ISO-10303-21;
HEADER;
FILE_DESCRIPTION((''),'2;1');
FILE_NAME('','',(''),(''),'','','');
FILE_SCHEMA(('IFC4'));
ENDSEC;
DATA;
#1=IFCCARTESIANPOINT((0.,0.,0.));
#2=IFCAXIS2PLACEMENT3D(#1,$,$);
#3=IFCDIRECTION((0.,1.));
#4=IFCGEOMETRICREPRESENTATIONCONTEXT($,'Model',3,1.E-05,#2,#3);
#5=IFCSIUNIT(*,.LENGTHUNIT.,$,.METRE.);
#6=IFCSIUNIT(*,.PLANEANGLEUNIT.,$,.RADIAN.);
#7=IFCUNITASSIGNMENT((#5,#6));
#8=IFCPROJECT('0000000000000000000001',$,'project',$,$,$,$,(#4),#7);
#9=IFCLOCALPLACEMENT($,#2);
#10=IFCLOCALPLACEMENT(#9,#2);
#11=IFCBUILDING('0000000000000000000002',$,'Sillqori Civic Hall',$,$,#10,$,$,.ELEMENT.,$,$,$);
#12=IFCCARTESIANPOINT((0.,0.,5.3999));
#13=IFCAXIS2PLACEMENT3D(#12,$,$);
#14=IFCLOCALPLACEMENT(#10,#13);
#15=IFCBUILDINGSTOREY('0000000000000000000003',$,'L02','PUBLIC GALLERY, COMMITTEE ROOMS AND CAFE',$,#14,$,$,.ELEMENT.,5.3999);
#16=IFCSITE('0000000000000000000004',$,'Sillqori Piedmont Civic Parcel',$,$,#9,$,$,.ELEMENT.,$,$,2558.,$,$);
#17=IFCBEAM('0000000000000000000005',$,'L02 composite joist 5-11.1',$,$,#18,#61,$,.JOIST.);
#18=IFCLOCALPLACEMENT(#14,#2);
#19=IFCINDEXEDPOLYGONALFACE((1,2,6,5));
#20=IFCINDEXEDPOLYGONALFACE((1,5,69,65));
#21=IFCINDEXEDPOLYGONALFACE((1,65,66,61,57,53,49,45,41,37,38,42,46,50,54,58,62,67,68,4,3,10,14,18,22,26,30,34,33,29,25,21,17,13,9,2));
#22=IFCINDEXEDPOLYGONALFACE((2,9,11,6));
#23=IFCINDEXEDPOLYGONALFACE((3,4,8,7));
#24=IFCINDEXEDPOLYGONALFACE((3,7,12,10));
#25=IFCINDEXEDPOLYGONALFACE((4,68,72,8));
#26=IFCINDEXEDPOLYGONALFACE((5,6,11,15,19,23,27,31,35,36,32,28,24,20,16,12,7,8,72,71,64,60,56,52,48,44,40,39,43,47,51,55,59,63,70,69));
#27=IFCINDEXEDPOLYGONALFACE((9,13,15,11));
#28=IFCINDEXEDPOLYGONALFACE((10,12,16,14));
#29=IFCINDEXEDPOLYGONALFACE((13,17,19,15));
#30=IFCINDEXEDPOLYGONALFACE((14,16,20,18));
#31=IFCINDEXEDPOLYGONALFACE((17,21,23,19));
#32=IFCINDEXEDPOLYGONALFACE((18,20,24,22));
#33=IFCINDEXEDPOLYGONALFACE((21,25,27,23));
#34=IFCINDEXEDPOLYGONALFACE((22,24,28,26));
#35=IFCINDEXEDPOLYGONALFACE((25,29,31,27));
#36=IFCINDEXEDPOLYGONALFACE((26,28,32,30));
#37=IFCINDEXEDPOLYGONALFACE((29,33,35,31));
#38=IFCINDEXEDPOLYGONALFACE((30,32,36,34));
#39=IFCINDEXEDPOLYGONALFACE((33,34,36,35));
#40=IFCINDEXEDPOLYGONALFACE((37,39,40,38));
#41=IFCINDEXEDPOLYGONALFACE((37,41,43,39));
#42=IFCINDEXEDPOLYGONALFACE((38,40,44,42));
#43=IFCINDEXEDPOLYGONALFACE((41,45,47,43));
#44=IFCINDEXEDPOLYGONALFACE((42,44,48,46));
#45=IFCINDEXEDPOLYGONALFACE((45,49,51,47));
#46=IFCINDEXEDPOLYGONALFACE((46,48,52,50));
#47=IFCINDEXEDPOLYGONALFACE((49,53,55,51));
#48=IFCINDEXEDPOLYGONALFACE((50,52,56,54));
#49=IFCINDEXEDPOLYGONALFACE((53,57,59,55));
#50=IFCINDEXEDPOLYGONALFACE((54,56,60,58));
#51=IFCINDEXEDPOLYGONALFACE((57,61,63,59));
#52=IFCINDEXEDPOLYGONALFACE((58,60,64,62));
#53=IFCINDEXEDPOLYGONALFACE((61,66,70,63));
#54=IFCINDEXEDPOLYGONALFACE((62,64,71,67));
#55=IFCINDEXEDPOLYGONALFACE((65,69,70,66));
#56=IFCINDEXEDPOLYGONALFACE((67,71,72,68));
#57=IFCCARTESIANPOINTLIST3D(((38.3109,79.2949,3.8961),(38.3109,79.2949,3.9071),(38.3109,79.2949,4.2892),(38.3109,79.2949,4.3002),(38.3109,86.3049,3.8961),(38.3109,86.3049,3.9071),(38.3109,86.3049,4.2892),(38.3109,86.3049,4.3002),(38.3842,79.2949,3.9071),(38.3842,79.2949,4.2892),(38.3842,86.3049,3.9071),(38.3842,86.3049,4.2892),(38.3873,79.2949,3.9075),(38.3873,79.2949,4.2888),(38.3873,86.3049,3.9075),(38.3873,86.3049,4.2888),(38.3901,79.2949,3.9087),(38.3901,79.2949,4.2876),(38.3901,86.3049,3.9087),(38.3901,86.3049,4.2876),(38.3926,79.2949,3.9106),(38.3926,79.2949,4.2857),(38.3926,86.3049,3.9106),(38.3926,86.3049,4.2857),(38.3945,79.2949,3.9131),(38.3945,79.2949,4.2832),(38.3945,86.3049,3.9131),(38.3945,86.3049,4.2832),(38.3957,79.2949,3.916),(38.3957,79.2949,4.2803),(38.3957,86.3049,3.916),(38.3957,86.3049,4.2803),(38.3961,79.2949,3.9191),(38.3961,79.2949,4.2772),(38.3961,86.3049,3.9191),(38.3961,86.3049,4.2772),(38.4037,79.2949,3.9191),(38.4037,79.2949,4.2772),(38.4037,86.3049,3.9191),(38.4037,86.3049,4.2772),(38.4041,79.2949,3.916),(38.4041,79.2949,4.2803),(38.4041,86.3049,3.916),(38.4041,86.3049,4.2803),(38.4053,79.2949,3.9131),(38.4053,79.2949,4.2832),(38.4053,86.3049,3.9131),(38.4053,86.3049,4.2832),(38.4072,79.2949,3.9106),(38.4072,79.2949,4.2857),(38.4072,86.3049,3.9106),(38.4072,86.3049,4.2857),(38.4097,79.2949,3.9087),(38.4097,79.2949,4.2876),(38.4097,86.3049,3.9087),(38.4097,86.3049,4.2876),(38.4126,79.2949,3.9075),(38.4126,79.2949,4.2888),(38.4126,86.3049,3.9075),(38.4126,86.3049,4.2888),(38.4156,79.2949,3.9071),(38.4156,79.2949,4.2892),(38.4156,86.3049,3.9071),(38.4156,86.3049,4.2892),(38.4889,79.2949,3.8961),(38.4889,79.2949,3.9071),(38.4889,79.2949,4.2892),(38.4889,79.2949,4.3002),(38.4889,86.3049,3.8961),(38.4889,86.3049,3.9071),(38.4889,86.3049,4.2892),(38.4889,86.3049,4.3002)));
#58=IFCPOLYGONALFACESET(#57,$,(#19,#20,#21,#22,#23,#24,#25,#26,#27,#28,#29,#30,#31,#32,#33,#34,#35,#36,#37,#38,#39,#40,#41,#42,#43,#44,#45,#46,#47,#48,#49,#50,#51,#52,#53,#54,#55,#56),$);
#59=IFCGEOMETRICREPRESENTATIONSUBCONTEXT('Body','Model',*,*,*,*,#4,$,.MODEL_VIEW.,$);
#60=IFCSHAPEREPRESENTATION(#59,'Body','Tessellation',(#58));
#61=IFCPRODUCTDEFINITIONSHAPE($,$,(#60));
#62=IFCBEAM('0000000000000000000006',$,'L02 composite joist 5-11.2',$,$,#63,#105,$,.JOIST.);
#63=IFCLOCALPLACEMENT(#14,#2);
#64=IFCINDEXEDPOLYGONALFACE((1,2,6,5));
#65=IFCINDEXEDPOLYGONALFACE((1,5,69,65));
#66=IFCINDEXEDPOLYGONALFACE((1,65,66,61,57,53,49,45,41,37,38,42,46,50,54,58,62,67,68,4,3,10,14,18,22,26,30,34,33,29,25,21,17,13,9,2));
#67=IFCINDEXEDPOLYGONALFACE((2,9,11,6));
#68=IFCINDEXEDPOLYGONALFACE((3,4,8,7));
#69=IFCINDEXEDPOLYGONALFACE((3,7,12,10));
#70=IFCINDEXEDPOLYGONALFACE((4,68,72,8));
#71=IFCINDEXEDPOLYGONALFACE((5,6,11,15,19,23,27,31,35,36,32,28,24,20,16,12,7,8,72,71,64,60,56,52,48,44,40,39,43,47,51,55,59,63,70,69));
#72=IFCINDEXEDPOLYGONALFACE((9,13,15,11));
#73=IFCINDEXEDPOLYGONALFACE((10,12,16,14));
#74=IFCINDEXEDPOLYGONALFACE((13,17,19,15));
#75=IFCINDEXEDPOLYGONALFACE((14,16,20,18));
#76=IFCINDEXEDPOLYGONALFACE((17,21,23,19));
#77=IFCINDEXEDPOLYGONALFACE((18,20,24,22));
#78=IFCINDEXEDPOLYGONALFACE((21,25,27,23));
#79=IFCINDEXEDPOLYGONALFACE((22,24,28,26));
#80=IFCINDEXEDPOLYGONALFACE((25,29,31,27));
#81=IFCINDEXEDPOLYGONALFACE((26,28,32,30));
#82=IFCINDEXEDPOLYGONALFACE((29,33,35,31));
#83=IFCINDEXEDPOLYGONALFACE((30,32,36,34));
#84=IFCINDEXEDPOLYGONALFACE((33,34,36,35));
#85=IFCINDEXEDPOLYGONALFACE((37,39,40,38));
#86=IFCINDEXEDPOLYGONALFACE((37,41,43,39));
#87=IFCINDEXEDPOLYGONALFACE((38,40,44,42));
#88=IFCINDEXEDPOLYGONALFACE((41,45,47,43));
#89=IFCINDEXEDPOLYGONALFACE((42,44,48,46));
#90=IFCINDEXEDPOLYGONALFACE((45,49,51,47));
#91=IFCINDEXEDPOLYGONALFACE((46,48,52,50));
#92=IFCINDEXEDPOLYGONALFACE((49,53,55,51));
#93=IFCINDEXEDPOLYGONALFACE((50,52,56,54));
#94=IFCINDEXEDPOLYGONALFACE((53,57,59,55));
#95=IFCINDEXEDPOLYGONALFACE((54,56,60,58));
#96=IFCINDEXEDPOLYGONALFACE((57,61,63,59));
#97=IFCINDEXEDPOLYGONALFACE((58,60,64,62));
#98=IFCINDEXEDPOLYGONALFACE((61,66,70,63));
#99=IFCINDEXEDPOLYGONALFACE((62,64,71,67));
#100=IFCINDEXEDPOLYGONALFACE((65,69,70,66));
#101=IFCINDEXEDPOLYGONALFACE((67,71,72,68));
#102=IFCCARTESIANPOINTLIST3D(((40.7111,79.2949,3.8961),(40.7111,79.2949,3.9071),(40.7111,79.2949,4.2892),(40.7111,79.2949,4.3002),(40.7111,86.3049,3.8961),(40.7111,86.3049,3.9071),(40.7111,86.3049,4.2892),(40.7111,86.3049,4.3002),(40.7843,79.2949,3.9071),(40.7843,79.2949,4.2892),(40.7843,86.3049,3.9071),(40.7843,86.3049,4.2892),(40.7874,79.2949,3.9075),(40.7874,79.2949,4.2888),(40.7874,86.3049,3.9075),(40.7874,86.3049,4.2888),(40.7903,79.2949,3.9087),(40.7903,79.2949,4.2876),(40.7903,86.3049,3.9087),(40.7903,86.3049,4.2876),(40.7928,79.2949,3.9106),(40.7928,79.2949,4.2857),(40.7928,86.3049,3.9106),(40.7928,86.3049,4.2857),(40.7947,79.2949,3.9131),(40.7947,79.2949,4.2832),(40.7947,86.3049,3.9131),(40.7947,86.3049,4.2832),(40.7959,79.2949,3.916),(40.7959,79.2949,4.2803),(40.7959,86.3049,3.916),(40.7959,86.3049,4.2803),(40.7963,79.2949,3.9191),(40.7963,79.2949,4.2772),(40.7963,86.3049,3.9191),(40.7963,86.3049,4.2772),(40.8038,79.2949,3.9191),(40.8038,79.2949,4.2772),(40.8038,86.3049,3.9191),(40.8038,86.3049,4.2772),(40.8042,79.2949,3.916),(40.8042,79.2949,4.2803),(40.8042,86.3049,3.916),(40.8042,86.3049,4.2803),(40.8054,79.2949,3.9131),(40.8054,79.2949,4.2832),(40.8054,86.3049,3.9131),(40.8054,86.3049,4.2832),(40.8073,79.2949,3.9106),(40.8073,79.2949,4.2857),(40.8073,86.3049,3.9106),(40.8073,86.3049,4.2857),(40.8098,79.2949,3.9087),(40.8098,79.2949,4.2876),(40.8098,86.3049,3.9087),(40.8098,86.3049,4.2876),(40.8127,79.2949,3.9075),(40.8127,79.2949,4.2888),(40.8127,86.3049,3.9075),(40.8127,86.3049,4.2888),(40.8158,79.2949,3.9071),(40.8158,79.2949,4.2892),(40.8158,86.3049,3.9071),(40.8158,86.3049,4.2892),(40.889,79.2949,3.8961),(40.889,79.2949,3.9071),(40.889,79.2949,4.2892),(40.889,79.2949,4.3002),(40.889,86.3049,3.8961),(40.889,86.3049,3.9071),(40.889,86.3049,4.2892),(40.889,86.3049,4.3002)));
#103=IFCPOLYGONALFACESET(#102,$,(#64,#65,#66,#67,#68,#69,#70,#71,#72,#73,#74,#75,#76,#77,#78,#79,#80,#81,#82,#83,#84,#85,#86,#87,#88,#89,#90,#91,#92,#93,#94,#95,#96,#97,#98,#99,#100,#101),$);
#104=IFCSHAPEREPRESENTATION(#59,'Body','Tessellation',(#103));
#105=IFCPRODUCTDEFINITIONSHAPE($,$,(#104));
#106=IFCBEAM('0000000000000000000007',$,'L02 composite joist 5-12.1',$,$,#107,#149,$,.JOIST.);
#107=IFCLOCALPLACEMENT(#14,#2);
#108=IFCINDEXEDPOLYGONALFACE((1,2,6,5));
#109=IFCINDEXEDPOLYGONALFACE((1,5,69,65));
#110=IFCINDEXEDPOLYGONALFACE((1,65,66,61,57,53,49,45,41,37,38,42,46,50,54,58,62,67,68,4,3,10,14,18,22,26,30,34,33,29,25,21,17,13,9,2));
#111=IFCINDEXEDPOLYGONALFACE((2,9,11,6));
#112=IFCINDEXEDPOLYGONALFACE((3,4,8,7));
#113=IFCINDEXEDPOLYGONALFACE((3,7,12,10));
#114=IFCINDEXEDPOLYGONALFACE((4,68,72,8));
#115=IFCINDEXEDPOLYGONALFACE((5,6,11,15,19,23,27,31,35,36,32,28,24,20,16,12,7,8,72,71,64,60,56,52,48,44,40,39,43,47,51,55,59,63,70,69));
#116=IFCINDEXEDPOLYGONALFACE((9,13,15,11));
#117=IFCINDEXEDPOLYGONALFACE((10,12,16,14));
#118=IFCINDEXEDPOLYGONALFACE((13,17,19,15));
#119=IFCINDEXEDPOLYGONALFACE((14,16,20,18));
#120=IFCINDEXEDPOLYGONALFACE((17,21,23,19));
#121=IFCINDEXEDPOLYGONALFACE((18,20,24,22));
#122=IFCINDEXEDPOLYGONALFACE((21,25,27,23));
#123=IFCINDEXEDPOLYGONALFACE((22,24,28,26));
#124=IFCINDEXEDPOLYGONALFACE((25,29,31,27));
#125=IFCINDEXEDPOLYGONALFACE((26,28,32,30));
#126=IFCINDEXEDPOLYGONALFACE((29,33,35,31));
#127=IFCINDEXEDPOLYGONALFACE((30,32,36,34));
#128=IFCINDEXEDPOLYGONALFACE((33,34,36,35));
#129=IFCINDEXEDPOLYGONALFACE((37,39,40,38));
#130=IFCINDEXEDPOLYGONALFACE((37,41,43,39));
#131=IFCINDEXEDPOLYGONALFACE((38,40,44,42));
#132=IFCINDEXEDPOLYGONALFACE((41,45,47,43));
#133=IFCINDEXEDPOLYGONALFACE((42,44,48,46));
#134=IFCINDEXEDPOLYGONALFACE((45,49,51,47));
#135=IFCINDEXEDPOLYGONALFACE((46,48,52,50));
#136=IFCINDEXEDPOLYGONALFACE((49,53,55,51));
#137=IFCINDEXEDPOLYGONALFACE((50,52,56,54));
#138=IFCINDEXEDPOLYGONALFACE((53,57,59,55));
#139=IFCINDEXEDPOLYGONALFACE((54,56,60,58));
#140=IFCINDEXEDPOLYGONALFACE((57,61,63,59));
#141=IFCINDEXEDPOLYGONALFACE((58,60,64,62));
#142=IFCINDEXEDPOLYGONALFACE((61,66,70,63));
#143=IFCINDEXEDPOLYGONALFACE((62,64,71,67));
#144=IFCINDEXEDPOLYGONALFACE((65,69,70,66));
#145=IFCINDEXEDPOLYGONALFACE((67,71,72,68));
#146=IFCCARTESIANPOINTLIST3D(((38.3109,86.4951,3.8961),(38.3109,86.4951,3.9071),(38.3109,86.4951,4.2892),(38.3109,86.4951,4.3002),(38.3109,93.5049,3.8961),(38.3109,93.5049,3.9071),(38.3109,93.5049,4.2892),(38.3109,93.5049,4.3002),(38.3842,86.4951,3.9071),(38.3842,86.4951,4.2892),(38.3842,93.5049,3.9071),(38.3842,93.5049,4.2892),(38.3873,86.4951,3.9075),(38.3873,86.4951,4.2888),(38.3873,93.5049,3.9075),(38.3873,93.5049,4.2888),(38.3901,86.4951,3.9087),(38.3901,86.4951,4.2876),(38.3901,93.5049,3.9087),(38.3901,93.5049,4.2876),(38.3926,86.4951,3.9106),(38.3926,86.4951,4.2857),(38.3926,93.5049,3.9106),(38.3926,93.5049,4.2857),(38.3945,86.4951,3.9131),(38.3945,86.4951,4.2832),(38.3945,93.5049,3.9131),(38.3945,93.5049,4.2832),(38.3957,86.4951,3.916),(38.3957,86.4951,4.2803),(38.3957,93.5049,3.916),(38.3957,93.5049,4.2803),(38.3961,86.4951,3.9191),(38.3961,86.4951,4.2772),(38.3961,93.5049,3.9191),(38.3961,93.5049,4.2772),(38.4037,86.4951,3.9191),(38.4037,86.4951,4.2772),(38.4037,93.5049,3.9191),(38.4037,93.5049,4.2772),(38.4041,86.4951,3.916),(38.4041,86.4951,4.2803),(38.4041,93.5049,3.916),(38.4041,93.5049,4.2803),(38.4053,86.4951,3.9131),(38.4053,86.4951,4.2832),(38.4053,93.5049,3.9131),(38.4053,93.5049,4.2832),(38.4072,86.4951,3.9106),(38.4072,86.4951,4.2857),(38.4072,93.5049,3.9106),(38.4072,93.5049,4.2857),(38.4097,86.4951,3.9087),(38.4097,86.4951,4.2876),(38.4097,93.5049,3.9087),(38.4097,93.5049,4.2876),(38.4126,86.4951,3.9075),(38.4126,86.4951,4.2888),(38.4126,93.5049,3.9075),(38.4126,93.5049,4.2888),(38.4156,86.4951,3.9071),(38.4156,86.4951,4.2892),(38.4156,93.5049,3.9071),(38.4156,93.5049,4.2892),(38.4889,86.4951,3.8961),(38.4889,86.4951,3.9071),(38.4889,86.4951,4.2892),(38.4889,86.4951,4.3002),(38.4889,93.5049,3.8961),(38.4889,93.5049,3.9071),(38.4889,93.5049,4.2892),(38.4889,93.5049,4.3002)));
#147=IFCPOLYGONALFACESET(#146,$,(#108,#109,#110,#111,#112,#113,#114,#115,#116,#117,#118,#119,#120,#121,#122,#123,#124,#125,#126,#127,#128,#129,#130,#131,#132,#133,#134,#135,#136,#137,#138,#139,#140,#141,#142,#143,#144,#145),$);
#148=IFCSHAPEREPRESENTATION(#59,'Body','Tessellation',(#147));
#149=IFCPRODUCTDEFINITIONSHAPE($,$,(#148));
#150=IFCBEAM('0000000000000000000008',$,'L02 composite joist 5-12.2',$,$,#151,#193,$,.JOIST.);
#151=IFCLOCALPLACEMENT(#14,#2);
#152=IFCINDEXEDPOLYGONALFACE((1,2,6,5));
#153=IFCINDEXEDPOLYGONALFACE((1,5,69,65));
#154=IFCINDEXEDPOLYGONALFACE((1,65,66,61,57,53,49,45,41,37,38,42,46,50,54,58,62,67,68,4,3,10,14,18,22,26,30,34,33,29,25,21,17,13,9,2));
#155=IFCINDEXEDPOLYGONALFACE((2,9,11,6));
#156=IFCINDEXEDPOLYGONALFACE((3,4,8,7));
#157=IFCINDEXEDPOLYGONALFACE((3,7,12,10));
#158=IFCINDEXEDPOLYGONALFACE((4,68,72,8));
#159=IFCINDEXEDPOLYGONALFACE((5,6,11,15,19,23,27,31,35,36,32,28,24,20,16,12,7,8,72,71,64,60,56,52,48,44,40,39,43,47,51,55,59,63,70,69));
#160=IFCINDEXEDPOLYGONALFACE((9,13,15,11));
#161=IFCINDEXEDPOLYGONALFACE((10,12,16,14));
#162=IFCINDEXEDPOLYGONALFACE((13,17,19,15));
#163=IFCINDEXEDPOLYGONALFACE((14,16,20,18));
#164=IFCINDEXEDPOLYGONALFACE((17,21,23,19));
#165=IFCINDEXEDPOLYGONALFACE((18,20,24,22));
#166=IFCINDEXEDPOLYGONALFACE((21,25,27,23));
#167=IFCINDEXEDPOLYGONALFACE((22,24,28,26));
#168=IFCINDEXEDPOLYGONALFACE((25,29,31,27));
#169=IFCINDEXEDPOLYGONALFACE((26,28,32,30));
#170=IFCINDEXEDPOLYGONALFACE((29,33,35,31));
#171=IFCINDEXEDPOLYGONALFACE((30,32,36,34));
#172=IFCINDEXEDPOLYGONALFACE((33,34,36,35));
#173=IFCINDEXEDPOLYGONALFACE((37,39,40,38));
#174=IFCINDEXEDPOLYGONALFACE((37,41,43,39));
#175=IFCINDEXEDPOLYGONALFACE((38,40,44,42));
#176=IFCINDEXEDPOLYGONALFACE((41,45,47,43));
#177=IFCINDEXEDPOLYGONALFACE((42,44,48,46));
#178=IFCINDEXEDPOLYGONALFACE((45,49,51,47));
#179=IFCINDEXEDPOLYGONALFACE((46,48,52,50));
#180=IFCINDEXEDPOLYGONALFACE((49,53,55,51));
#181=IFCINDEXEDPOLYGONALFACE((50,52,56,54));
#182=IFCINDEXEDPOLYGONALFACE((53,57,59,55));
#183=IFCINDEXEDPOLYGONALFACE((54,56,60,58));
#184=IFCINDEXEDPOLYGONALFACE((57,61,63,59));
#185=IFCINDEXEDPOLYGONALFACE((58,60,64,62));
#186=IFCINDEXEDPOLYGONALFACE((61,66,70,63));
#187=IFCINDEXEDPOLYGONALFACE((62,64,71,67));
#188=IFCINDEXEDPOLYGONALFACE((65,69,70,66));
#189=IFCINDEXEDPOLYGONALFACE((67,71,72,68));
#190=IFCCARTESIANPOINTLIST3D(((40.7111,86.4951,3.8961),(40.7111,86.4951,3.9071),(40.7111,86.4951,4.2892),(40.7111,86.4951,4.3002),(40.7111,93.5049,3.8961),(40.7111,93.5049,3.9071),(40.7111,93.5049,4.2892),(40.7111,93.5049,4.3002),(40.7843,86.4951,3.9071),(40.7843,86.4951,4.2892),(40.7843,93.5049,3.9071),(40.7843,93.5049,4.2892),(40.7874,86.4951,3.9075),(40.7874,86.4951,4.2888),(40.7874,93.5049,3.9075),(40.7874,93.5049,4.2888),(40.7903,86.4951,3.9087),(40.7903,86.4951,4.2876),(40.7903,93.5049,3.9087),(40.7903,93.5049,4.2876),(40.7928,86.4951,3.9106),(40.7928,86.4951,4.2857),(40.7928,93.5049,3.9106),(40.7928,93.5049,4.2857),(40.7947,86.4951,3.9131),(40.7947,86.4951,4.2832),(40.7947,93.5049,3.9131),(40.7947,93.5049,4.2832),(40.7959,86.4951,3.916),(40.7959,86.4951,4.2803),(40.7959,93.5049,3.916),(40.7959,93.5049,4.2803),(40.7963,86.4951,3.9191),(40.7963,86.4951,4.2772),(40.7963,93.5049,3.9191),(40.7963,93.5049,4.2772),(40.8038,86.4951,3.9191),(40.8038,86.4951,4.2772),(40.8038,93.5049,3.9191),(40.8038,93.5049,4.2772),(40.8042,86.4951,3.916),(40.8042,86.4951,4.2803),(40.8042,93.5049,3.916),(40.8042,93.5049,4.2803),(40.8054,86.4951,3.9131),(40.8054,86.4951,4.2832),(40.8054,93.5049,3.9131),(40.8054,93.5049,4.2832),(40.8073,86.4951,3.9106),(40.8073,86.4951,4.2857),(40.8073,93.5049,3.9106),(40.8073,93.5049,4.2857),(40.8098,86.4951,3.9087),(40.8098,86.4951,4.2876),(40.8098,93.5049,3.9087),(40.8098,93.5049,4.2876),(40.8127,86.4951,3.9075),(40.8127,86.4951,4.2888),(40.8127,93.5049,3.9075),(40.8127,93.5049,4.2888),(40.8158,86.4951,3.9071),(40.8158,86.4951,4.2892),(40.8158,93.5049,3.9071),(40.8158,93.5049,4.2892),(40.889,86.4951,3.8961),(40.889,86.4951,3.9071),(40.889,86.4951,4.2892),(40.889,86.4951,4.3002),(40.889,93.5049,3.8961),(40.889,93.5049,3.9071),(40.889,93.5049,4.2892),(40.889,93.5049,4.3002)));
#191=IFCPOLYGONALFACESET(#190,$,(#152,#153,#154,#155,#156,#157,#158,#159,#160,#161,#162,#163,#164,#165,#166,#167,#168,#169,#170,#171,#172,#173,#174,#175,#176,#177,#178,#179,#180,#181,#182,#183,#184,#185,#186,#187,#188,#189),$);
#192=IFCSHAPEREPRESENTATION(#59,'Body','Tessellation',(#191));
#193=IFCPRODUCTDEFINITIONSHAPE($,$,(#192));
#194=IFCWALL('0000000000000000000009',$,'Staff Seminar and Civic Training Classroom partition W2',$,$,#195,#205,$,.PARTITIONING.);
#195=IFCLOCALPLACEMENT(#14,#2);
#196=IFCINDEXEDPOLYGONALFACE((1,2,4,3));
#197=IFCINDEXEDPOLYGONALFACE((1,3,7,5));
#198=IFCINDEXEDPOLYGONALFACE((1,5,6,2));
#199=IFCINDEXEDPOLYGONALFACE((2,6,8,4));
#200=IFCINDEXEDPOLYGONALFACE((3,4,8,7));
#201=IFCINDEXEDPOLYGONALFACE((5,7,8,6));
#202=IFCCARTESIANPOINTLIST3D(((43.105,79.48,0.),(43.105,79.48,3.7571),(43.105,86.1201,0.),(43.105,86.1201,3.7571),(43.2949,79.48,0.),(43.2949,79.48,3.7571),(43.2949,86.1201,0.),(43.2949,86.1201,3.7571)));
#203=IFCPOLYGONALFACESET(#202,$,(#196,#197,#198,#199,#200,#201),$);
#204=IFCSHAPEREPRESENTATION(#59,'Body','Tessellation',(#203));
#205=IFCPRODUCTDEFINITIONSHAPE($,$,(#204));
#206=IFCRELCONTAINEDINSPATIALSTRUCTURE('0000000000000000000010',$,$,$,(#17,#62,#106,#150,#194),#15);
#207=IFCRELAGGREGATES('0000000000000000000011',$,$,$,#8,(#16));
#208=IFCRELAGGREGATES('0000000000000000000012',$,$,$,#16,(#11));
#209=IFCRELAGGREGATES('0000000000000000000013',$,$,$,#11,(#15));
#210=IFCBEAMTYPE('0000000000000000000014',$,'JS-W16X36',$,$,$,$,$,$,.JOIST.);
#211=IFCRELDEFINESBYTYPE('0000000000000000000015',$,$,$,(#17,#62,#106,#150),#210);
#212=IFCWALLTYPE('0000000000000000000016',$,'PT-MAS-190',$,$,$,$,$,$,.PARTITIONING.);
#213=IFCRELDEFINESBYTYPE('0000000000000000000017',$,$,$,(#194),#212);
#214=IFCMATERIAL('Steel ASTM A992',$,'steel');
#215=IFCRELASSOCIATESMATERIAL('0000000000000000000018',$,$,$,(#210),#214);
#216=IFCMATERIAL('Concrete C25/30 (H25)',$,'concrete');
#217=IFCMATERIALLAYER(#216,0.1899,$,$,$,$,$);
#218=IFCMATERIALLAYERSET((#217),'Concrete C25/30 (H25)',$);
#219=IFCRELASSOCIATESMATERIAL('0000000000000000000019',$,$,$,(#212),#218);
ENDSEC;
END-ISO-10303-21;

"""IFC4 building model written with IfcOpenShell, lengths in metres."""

from ifc_helpers import new_model, si_unit, direction, frame, frame_2d, origin, origin_2d, place, context, subcontext, project, spatial, rectangle, i_section, extrude, material, layer, layer_set, material_profile, profile_set, type_object, element, save


model = new_model("IFC4")

# Units and contexts
model_context = context("Model", 3, precision=1e-05, world=origin(), true_north=direction((0.0, 1.0)))
body_context = subcontext(model_context, "Body", "Model", "MODEL_VIEW")
ifc_project = project(units=[si_unit("LENGTHUNIT", "METRE"), si_unit("PLANEANGLEUNIT", "RADIAN")], contexts=[model_context])

# Site, building, storey
site_placement = place(None, origin())
site = spatial("IfcSite", under=ifc_project, at=site_placement, Name="Sillqori Piedmont Civic Parcel", CompositionType="ELEMENT", RefElevation=2558.0)
building_placement = place(site_placement, origin())
building = spatial("IfcBuilding", under=site, at=building_placement, Name="Sillqori Civic Hall", CompositionType="ELEMENT")
storey_placement = place(building_placement, frame((0.0, 0.0, 5.3999)))
storey = spatial("IfcBuildingStorey", under=building, at=storey_placement, Name="L02", Description="PUBLIC GALLERY, COMMITTEE ROOMS AND CAFE", CompositionType="ELEMENT", Elevation=5.3999)

# Shared definitions
ifc_material_1 = material(Name="Steel ASTM A992", Category="steel")

# Beams
ifc_material_profile_1 = material_profile(ifc_material_1, i_section(OverallWidth=0.178, OverallDepth=0.4041, WebThickness=0.0076, FlangeThickness=0.011, FilletRadius=0.012, at=origin_2d()), Name="W16X36")
ifc_profile_set_1 = profile_set([ifc_material_profile_1], Name="Steel ASTM A992")
beam_type_1 = type_object("IfcBeamType", Name="JS-W16X36", PredefinedType="JOIST", material=ifc_profile_set_1)
for number, where, z_axis, x_axis, name in (
    (1, (38.3999, 79.2949, 4.0981), (0.0, 1.0, 0.0), (-1.0, 0.0, 0.0), "L02 composite joist 5-11.1"),
    (2, (40.8, 79.2949, 4.0981), (0.0, 1.0, 0.0), (-1.0, 0.0, 0.0), "L02 composite joist 5-11.2"),
):
    element("IfcBeam", number, at=place(storey_placement, frame(where, z_axis=z_axis, x_axis=x_axis)), inside=storey, type_object=beam_type_1, Name=name, PredefinedType="JOIST", context=body_context, shape_type="SweptSolid", body=[
        extrude(i_section(OverallWidth=0.178, OverallDepth=0.4041, WebThickness=0.0076, FlangeThickness=0.011, FilletRadius=0.012, at=origin_2d()), origin(), (0.0, 0.0, 1.0), 7.01),
    ])
for number, where, z_axis, x_axis, name in (
    (3, (38.3999, 86.4951, 4.0981), (0.0, 1.0, 0.0), (-1.0, 0.0, 0.0), "L02 composite joist 5-12.1"),
    (4, (40.8, 86.4951, 4.0981), (0.0, 1.0, 0.0), (-1.0, 0.0, 0.0), "L02 composite joist 5-12.2"),
):
    element("IfcBeam", number, at=place(storey_placement, frame(where, z_axis=z_axis, x_axis=x_axis)), inside=storey, type_object=beam_type_1, Name=name, PredefinedType="JOIST", context=body_context, shape_type="SweptSolid", body=[
        extrude(i_section(OverallWidth=0.178, OverallDepth=0.4041, WebThickness=0.0076, FlangeThickness=0.011, FilletRadius=0.012, at=origin_2d()), origin(), (0.0, 0.0, 1.0), 7.0098),
    ])

# Wall
ifc_material_2 = material(Name="Concrete C25/30 (H25)", Category="concrete")
ifc_layer_1 = layer(ifc_material_2, 0.1899)
ifc_layer_set_1 = layer_set([ifc_layer_1], Name="Concrete C25/30 (H25)")
wall_type = type_object("IfcWallType", Name="PT-MAS-190", PredefinedType="PARTITIONING", material=ifc_layer_set_1)
wall_placement = place(storey_placement, frame((43.2, 79.48, 0.0), z_axis=(0.0, 0.0, 1.0), x_axis=(0.0, 1.0, 0.0)))
element("IfcWall", 5, at=wall_placement, inside=storey, type_object=wall_type, Name="Staff Seminar and Civic Training Classroom partition W2", PredefinedType="PARTITIONING", context=body_context, shape_type="SweptSolid", body=[
    extrude(rectangle(XDim=6.6401, YDim=0.1899, at=frame_2d((3.3201, 0.0))), origin(), (0.0, 0.0, 1.0), 3.7571),
])

save(model, "model.ifc")
